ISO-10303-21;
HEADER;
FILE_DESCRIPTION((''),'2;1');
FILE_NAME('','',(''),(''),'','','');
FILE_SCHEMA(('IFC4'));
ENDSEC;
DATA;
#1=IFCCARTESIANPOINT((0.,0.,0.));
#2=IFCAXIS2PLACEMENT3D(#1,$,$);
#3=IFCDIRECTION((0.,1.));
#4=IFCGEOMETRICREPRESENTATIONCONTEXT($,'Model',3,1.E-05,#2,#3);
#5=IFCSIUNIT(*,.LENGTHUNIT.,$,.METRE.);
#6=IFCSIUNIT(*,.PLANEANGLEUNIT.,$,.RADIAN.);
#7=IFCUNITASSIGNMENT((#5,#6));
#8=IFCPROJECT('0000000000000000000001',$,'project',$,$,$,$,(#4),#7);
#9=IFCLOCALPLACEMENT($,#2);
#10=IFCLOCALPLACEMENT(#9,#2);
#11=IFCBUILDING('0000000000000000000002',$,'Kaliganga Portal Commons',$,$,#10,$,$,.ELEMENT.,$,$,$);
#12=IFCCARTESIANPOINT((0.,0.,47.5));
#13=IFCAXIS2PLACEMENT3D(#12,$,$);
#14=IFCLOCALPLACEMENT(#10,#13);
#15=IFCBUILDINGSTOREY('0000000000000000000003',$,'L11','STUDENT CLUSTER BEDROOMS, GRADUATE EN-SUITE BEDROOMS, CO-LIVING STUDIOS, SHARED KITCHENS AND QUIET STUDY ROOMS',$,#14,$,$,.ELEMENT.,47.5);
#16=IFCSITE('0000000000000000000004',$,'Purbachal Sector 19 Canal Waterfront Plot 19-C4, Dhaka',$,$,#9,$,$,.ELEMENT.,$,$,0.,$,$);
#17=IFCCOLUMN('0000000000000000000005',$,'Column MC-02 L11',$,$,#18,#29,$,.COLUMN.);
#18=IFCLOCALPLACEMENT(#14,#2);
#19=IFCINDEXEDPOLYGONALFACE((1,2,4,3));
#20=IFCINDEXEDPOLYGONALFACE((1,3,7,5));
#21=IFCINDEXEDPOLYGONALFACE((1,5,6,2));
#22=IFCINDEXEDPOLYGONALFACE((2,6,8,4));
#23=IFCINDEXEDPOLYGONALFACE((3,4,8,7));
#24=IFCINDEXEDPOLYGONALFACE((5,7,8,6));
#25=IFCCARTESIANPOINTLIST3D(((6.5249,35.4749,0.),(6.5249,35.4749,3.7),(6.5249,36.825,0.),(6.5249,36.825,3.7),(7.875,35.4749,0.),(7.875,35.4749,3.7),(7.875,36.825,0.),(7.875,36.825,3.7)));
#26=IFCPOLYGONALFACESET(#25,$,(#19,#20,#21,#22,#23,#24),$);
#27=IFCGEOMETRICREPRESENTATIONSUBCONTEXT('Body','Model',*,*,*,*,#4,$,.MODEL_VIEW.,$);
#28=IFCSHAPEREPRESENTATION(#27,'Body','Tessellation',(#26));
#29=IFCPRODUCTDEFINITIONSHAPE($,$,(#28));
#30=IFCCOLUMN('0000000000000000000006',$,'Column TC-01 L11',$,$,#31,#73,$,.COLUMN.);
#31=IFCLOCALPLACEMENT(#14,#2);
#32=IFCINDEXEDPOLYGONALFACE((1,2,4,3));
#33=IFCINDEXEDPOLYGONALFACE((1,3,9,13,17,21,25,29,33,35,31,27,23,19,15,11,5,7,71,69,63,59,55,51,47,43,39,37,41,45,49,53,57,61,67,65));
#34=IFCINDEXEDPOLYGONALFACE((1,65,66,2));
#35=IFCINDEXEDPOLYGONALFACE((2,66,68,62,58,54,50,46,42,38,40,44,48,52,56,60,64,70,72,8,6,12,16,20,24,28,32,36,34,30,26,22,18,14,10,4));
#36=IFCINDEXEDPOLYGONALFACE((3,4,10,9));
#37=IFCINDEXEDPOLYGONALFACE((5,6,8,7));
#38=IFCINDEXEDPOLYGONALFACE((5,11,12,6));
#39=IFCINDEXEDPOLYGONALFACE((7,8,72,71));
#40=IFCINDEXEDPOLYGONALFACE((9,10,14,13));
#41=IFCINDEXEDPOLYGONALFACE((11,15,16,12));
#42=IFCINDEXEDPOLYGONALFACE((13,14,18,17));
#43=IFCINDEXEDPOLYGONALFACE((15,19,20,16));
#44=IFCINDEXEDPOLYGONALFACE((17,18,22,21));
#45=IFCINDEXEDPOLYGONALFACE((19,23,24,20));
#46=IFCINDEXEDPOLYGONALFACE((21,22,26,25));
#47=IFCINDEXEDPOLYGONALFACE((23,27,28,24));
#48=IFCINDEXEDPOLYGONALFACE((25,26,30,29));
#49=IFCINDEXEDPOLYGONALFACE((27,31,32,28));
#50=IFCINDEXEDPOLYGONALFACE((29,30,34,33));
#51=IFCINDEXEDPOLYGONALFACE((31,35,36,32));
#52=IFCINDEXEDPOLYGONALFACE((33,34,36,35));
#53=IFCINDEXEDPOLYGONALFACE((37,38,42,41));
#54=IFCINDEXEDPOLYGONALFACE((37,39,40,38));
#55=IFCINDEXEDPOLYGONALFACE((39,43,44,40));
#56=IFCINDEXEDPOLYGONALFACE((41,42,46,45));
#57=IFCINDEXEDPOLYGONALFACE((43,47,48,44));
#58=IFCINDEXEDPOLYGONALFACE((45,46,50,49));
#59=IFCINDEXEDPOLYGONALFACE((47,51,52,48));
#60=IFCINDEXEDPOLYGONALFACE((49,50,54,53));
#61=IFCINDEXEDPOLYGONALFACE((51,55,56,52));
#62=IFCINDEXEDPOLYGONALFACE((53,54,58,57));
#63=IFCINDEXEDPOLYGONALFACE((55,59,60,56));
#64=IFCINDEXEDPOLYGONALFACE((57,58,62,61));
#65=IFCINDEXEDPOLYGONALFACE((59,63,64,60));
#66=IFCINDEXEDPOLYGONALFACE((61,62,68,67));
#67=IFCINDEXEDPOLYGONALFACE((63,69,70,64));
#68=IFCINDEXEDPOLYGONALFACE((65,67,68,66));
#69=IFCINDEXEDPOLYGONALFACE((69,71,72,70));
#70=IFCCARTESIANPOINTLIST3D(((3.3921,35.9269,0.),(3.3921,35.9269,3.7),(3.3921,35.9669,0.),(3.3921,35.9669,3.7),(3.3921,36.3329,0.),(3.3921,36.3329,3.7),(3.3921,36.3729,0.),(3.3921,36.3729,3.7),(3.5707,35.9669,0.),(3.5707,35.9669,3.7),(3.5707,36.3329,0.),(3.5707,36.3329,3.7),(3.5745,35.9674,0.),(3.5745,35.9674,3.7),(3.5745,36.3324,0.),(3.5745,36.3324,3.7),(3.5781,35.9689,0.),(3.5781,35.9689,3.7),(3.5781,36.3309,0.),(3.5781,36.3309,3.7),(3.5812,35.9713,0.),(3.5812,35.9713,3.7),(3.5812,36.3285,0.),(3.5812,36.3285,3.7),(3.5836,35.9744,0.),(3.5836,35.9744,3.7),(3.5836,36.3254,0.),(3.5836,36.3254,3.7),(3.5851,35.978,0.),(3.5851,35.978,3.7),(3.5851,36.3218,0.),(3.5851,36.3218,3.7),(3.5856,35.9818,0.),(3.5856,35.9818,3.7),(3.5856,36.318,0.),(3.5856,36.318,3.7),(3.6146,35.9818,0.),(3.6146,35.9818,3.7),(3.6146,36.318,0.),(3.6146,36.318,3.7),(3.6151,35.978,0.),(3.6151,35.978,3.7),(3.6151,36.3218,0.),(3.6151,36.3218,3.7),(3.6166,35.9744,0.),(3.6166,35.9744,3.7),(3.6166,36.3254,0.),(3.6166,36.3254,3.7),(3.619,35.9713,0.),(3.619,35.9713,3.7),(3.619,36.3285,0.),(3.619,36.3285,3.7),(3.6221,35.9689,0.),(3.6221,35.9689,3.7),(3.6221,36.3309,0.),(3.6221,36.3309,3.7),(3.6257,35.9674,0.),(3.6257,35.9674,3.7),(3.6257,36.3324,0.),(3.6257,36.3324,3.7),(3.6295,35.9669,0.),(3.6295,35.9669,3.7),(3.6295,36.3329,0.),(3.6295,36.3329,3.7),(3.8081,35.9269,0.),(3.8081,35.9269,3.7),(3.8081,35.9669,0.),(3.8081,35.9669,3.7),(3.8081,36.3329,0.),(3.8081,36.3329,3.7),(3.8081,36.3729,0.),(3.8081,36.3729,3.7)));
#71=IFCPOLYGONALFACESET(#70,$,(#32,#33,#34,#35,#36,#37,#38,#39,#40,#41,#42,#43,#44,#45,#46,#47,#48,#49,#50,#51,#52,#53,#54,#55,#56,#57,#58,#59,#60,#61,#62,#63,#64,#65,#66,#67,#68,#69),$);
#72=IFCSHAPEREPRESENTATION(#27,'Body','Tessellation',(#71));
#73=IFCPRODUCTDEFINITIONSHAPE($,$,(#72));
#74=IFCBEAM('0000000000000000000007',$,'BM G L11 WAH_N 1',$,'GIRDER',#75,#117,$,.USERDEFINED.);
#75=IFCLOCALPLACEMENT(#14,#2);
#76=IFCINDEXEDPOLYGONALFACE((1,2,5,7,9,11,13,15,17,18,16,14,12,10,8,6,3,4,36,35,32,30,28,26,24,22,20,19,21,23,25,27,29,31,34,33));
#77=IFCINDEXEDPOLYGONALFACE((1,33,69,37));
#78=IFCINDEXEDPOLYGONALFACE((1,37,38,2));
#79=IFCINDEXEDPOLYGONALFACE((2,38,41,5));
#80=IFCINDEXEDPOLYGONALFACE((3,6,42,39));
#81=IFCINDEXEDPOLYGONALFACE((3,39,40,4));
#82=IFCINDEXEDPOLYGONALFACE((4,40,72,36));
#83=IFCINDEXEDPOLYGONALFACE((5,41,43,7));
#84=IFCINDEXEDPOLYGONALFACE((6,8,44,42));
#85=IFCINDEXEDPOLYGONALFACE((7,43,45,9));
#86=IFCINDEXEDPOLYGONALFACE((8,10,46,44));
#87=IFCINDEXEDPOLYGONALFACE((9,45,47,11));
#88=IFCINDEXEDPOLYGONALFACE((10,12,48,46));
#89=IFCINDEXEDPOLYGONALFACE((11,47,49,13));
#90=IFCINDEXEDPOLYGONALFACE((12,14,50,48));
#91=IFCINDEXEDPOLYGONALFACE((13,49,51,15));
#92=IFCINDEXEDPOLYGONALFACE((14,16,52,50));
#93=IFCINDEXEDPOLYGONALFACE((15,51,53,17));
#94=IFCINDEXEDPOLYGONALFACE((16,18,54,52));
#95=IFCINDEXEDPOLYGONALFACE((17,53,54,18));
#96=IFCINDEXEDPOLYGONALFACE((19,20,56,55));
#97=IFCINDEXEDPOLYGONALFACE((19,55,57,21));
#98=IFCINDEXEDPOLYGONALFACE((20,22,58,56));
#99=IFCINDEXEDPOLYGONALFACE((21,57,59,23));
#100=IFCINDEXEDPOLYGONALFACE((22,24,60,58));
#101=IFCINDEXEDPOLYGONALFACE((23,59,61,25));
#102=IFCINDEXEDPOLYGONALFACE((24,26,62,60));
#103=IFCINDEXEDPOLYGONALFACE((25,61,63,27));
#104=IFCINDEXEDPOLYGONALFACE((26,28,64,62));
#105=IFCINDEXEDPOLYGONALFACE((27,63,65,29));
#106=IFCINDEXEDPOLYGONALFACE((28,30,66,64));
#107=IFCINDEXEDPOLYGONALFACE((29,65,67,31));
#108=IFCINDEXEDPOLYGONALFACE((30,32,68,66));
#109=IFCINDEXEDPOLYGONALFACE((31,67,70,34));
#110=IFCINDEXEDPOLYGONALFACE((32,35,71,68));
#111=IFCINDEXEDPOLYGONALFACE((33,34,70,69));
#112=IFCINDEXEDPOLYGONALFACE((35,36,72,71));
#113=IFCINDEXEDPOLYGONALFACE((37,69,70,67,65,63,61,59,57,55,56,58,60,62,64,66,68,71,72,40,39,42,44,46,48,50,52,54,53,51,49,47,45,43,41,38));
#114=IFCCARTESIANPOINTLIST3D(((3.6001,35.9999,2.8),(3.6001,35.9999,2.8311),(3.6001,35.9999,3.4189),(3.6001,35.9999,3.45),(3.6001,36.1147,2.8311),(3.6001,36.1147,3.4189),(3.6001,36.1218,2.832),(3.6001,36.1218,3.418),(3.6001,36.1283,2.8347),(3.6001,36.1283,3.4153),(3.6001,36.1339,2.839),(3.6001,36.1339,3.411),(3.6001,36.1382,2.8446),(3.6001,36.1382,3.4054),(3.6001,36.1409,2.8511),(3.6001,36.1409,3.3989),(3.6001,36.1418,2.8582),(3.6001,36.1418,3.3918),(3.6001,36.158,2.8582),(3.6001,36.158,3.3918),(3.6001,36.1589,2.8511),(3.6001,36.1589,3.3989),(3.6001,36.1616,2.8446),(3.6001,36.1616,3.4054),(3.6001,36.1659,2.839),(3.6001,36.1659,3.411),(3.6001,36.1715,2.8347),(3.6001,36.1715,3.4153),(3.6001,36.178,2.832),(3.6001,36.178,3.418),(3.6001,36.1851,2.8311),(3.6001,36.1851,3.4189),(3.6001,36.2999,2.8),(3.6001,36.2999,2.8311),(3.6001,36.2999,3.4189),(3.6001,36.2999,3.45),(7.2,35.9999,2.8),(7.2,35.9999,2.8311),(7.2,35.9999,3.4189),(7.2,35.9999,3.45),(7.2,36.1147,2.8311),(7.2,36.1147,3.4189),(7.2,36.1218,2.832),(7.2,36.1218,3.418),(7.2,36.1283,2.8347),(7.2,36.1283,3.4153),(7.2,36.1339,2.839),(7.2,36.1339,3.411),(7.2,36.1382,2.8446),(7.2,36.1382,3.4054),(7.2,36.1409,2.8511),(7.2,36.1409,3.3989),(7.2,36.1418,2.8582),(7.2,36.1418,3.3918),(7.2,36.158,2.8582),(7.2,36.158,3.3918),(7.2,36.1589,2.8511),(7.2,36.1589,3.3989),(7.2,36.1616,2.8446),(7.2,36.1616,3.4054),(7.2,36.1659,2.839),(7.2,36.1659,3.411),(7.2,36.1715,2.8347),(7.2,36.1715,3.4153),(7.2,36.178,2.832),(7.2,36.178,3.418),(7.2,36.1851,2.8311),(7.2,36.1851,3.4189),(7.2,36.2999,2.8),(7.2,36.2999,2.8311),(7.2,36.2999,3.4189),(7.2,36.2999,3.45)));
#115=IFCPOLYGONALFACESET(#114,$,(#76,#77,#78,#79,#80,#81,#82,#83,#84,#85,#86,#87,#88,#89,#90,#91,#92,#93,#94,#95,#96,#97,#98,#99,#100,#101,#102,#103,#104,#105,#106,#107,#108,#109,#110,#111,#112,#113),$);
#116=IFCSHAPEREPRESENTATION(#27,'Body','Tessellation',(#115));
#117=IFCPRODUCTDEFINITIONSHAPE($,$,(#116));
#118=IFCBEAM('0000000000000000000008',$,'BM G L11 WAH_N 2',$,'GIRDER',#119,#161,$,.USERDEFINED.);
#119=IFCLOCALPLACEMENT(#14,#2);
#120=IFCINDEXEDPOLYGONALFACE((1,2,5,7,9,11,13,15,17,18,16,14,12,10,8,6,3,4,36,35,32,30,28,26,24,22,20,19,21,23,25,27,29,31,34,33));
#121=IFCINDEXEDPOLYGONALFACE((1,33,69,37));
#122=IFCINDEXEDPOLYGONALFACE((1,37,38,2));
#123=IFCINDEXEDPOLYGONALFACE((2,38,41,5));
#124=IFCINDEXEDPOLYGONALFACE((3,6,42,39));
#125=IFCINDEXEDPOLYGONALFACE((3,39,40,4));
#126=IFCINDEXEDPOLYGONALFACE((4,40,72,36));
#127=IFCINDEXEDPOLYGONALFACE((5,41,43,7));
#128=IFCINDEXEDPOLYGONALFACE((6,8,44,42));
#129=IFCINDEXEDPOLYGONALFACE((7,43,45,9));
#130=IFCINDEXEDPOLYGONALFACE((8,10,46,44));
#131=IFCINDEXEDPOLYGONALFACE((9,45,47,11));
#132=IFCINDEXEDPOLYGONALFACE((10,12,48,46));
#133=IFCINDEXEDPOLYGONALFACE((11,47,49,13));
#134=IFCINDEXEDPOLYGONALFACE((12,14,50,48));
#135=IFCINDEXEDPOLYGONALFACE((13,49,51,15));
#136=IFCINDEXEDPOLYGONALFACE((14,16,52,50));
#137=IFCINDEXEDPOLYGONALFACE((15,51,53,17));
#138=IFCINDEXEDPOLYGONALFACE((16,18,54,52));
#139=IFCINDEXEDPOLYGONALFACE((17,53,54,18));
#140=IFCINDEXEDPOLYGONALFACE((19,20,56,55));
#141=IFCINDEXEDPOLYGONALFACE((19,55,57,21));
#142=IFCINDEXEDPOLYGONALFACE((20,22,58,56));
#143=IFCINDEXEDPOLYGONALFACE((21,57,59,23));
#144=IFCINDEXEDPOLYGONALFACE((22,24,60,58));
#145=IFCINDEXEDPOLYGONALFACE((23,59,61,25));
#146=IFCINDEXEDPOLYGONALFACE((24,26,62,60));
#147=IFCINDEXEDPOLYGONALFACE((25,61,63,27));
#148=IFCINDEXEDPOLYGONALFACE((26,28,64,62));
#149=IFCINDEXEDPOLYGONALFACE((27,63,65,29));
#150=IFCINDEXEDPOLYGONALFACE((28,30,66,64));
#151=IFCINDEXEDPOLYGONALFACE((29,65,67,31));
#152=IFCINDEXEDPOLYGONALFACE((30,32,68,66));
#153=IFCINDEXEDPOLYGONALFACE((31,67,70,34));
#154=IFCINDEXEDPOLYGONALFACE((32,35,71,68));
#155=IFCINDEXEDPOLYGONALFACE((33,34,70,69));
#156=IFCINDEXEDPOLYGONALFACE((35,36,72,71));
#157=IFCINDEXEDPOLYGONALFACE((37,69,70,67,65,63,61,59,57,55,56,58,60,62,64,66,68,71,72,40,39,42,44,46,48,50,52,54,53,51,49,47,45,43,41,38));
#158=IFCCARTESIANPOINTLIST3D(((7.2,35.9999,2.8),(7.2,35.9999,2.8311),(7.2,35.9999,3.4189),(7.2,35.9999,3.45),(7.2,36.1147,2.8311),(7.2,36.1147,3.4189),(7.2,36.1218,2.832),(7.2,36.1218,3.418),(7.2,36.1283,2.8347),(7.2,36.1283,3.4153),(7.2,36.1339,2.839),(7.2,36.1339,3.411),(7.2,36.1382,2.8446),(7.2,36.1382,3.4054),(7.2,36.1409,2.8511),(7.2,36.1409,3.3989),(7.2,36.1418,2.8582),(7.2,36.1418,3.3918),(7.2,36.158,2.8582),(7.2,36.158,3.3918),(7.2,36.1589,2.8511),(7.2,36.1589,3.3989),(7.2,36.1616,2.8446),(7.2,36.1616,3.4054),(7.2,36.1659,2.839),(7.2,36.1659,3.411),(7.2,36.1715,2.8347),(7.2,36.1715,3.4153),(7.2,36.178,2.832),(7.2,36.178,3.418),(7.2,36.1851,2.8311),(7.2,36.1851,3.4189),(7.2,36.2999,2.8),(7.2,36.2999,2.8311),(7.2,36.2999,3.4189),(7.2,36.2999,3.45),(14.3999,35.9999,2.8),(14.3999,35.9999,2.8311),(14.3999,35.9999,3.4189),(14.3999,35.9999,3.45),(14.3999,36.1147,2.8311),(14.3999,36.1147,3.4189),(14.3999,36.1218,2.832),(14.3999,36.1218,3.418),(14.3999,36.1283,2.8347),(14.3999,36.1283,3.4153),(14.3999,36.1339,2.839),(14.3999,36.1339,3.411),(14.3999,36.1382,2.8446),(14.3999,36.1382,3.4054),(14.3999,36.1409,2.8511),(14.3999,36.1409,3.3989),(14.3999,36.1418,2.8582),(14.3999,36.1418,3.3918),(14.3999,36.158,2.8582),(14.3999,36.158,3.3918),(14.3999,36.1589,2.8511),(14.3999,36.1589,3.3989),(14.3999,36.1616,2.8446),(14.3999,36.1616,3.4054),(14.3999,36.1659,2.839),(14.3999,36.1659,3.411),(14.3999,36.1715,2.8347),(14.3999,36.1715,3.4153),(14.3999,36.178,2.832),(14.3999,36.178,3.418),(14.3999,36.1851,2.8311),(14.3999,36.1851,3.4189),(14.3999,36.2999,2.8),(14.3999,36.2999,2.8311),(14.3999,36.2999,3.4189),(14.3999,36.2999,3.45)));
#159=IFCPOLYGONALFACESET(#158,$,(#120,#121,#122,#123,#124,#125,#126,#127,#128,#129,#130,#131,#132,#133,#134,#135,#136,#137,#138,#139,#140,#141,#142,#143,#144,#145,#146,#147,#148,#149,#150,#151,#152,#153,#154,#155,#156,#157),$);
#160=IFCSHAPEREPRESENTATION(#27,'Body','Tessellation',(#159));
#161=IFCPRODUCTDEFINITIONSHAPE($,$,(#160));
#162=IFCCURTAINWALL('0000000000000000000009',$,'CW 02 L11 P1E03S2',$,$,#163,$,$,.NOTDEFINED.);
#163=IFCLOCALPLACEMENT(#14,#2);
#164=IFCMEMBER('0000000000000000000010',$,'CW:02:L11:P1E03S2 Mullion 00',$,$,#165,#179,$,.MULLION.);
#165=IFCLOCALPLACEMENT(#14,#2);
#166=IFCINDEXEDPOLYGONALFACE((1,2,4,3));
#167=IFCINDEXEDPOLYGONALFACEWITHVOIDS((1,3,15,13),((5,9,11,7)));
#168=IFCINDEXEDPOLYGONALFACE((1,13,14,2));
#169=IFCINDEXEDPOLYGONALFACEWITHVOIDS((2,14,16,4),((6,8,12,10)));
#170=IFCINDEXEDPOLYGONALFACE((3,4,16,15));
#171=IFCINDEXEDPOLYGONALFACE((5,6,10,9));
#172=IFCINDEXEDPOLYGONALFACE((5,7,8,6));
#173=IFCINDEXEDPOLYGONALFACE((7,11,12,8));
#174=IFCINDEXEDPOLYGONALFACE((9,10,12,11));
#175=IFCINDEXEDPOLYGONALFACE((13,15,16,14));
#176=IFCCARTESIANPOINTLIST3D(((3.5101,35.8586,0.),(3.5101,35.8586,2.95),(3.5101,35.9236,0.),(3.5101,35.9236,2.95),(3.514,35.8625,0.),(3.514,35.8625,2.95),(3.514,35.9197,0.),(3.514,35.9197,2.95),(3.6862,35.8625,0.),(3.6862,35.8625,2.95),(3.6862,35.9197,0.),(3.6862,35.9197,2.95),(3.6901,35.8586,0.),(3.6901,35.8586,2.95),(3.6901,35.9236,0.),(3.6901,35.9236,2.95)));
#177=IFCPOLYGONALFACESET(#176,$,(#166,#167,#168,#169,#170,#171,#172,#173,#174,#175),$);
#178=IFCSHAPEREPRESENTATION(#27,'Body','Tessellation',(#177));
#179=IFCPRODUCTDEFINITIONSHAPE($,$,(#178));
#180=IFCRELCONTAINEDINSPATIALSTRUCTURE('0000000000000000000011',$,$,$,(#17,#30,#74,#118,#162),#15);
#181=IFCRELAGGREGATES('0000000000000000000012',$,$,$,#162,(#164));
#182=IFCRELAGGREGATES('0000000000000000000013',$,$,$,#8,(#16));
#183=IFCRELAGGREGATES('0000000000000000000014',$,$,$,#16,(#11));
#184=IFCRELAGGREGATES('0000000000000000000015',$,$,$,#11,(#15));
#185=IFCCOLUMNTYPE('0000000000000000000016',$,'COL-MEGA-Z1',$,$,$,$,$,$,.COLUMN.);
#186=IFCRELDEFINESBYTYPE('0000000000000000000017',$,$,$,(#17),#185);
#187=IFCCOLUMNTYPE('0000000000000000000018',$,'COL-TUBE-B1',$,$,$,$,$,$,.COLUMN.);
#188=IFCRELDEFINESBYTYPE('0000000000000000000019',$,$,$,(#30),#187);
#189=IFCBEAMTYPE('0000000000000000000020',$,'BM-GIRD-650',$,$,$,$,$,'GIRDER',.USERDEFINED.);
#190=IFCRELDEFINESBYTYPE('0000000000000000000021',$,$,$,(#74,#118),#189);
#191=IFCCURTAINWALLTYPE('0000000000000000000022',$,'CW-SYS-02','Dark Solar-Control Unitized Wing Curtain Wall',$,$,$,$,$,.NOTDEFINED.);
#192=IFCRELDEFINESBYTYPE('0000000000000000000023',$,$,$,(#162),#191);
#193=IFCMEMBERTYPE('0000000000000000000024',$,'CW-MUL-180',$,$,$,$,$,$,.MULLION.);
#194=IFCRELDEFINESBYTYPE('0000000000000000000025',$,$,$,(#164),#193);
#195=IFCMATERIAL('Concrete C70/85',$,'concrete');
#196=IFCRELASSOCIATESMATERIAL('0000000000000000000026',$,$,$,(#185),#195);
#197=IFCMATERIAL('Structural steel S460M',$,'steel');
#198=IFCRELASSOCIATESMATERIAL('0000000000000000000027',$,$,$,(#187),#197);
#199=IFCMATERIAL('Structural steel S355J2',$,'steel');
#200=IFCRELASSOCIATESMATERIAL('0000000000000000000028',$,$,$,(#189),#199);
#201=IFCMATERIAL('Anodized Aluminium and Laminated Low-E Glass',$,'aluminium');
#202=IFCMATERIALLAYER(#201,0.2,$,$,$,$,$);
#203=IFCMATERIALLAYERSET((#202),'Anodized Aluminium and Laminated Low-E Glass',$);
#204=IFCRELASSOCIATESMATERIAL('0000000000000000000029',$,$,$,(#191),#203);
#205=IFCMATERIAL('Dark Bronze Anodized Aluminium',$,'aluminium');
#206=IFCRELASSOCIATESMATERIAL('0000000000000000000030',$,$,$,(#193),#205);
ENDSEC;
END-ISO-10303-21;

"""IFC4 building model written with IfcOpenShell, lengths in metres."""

from ifc_helpers import new_model, si_unit, direction, frame, origin, origin_2d, place, context, subcontext, project, spatial, rectangle, hollow_rectangle, i_section, extrude, source, transform, mapped, material, layer, layer_set, material_profile, profile_set, type_object, element, aggregate, save


model = new_model("IFC4")

# Units and contexts
model_context = context("Model", 3, precision=1e-05, world=origin(), true_north=direction((0.0, 1.0)))
body_context = subcontext(model_context, "Body", "Model", "MODEL_VIEW")
ifc_project = project(units=[si_unit("LENGTHUNIT", "METRE"), si_unit("PLANEANGLEUNIT", "RADIAN")], contexts=[model_context])

# Site, building, storey
site_placement = place(None, origin())
site = spatial("IfcSite", under=ifc_project, at=site_placement, Name="Purbachal Sector 19 Canal Waterfront Plot 19-C4, Dhaka", CompositionType="ELEMENT", RefElevation=0.0)
building_placement = place(site_placement, origin())
building = spatial("IfcBuilding", under=site, at=building_placement, Name="Kaliganga Portal Commons", CompositionType="ELEMENT")
storey_placement = place(building_placement, frame((0.0, 0.0, 47.5)))
storey = spatial("IfcBuildingStorey", under=building, at=storey_placement, Name="L11", Description="STUDENT CLUSTER BEDROOMS, GRADUATE EN-SUITE BEDROOMS, CO-LIVING STUDIOS, SHARED KITCHENS AND QUIET STUDY ROOMS", CompositionType="ELEMENT", Elevation=47.5)

# Columns
ifc_material_1 = material(Name="Concrete C70/85", Category="concrete")
ifc_material_profile_1 = material_profile(ifc_material_1, rectangle(XDim=1.3501, YDim=1.3501, at=origin_2d()), Name="RC 1350x1350")
ifc_profile_set_1 = profile_set([ifc_material_profile_1], Name="Concrete C70/85")
column_type_1 = type_object("IfcColumnType", Name="COL-MEGA-Z1", PredefinedType="COLUMN", material=ifc_profile_set_1)
shared_shape_1 = source(origin(), body_context, "Body", "SweptSolid", [
    extrude(rectangle(XDim=1.3501, YDim=1.3501, at=origin_2d()), origin(), (0.0, 0.0, 1.0), 3.7),
])
column_1_placement = place(storey_placement, frame((7.2, 36.1499, 0.0), z_axis=(0.0, 0.0, 1.0), x_axis=(1.0, 0.0, 0.0)))
element("IfcColumn", 1, at=column_1_placement, inside=storey, type_object=column_type_1, Name="Column MC-02 L11", PredefinedType="COLUMN", context=body_context, shape_type="MappedRepresentation", body=[
    mapped(shared_shape_1, transform((0.0, 0.0, 0.0), x_axis=(1.0, 0.0, 0.0), y_axis=(0.0, 1.0, 0.0), z_axis=(0.0, 0.0, 1.0), scale=1.0)),
])
ifc_material_2 = material(Name="Structural steel S460M", Category="steel")
ifc_material_profile_2 = material_profile(ifc_material_2, i_section(OverallWidth=0.416, OverallDepth=0.446, WebThickness=0.0291, FlangeThickness=0.04, FilletRadius=0.0149, at=origin_2d()), Name="HD 400x509")
ifc_profile_set_2 = profile_set([ifc_material_profile_2], Name="Structural steel S460M wide-flange")
column_type_2 = type_object("IfcColumnType", Name="COL-TUBE-B1", PredefinedType="COLUMN", material=ifc_profile_set_2)
shared_shape_2 = source(origin(), body_context, "Body", "SweptSolid", [
    extrude(i_section(OverallWidth=0.416, OverallDepth=0.446, WebThickness=0.0291, FlangeThickness=0.04, FilletRadius=0.0149, at=origin_2d()), origin(), (0.0, 0.0, 1.0), 3.7),
])
column_2_placement = place(storey_placement, frame((3.6001, 36.1499, 0.0), z_axis=(0.0, 0.0, 1.0), x_axis=(1.0, 0.0, 0.0)))
element("IfcColumn", 2, at=column_2_placement, inside=storey, type_object=column_type_2, Name="Column TC-01 L11", PredefinedType="COLUMN", context=body_context, shape_type="MappedRepresentation", body=[
    mapped(shared_shape_2, transform((0.0, 0.0, 0.0), x_axis=(1.0, 0.0, 0.0), y_axis=(0.0, 1.0, 0.0), z_axis=(0.0, 0.0, 1.0), scale=1.0)),
])

# Beams
ifc_material_3 = material(Name="Structural steel S355J2", Category="steel")
ifc_material_profile_3 = material_profile(ifc_material_3, i_section(OverallWidth=0.3, OverallDepth=0.6499, WebThickness=0.0161, FlangeThickness=0.031, FilletRadius=0.0271, at=origin_2d()), Name="HE 650 B")
ifc_profile_set_3 = profile_set([ifc_material_profile_3], Name="Structural steel S355J2 wide-flange")
beam_type = type_object("IfcBeamType", Name="BM-GIRD-650", ElementType="GIRDER", PredefinedType="USERDEFINED", material=ifc_profile_set_3)
shared_shape_3 = source(origin(), body_context, "Body", "SweptSolid", [
    extrude(i_section(OverallWidth=0.3, OverallDepth=0.6499, WebThickness=0.0161, FlangeThickness=0.031, FilletRadius=0.0271, at=origin_2d()), origin(), (0.0, 0.0, 1.0), 3.5999),
])
beam_1_placement = place(storey_placement, frame((3.6001, 36.1499, 3.125), z_axis=(1.0, 0.0, 0.0), x_axis=(0.0, 1.0, 0.0)))
element("IfcBeam", 3, at=beam_1_placement, inside=storey, type_object=beam_type, Name="BM G L11 WAH_N 1", ObjectType="GIRDER", PredefinedType="USERDEFINED", context=body_context, shape_type="MappedRepresentation", body=[
    mapped(shared_shape_3, transform((0.0, 0.0, 0.0), x_axis=(1.0, 0.0, 0.0), y_axis=(0.0, 1.0, 0.0), z_axis=(0.0, 0.0, 1.0), scale=1.0)),
])
shared_shape_4 = source(origin(), body_context, "Body", "SweptSolid", [
    extrude(i_section(OverallWidth=0.3, OverallDepth=0.6499, WebThickness=0.0161, FlangeThickness=0.031, FilletRadius=0.0271, at=origin_2d()), origin(), (0.0, 0.0, 1.0), 7.2),
])
beam_2_placement = place(storey_placement, frame((7.2, 36.1499, 3.125), z_axis=(1.0, 0.0, 0.0), x_axis=(0.0, 1.0, 0.0)))
element("IfcBeam", 4, at=beam_2_placement, inside=storey, type_object=beam_type, Name="BM G L11 WAH_N 2", ObjectType="GIRDER", PredefinedType="USERDEFINED", context=body_context, shape_type="MappedRepresentation", body=[
    mapped(shared_shape_4, transform((0.0, 0.0, 0.0), x_axis=(1.0, 0.0, 0.0), y_axis=(0.0, 1.0, 0.0), z_axis=(0.0, 0.0, 1.0), scale=1.0)),
])

# Curtain wall, member
ifc_material_4 = material(Name="Anodized Aluminium and Laminated Low-E Glass", Category="aluminium")
ifc_layer_1 = layer(ifc_material_4, 0.2)
ifc_layer_set_1 = layer_set([ifc_layer_1], Name="Anodized Aluminium and Laminated Low-E Glass")
curtain_wall_type = type_object("IfcCurtainWallType", Name="CW-SYS-02", Description="Dark Solar-Control Unitized Wing Curtain Wall", PredefinedType="NOTDEFINED", material=ifc_layer_set_1)
curtain_wall_placement = place(storey_placement, origin())
curtain_wall = element("IfcCurtainWall", 5, at=curtain_wall_placement, inside=storey, type_object=curtain_wall_type, Name="CW 02 L11 P1E03S2", PredefinedType="NOTDEFINED")
ifc_material_5 = material(Name="Dark Bronze Anodized Aluminium", Category="aluminium")
ifc_material_profile_4 = material_profile(ifc_material_5, hollow_rectangle(XDim=0.0649, YDim=0.1799, WallThickness=0.0039, at=origin_2d()), Name="ALU MULL 65x180x4")
ifc_profile_set_4 = profile_set([ifc_material_profile_4], Name="Dark Bronze Anodized Aluminium")
member_type_1 = type_object("IfcMemberType", Name="CW-MUL-180", PredefinedType="MULLION", material=ifc_profile_set_4)
shared_shape_5 = source(origin(), body_context, "Body", "SweptSolid", [
    extrude(hollow_rectangle(XDim=0.0649, YDim=0.1799, WallThickness=0.0039, at=origin_2d()), origin(), (0.0, 0.0, 1.0), 2.95),
])
member_1_placement = place(storey_placement, frame((3.6001, 35.8911, 0.0), z_axis=(0.0, 0.0, 1.0), x_axis=(0.0, -1.0, 0.0)))
member_1 = element("IfcMember", 6, at=member_1_placement, type_object=member_type_1, Name="CW:02:L11:P1E03S2 Mullion 00", PredefinedType="MULLION", context=body_context, shape_type="MappedRepresentation", body=[
    mapped(shared_shape_5, transform((0.0, 0.0, 0.0), x_axis=(1.0, 0.0, 0.0), y_axis=(0.0, 1.0, 0.0), z_axis=(0.0, 0.0, 1.0), scale=1.0)),
])
aggregate(curtain_wall, [member_1])

save(model, "model.ifc")
